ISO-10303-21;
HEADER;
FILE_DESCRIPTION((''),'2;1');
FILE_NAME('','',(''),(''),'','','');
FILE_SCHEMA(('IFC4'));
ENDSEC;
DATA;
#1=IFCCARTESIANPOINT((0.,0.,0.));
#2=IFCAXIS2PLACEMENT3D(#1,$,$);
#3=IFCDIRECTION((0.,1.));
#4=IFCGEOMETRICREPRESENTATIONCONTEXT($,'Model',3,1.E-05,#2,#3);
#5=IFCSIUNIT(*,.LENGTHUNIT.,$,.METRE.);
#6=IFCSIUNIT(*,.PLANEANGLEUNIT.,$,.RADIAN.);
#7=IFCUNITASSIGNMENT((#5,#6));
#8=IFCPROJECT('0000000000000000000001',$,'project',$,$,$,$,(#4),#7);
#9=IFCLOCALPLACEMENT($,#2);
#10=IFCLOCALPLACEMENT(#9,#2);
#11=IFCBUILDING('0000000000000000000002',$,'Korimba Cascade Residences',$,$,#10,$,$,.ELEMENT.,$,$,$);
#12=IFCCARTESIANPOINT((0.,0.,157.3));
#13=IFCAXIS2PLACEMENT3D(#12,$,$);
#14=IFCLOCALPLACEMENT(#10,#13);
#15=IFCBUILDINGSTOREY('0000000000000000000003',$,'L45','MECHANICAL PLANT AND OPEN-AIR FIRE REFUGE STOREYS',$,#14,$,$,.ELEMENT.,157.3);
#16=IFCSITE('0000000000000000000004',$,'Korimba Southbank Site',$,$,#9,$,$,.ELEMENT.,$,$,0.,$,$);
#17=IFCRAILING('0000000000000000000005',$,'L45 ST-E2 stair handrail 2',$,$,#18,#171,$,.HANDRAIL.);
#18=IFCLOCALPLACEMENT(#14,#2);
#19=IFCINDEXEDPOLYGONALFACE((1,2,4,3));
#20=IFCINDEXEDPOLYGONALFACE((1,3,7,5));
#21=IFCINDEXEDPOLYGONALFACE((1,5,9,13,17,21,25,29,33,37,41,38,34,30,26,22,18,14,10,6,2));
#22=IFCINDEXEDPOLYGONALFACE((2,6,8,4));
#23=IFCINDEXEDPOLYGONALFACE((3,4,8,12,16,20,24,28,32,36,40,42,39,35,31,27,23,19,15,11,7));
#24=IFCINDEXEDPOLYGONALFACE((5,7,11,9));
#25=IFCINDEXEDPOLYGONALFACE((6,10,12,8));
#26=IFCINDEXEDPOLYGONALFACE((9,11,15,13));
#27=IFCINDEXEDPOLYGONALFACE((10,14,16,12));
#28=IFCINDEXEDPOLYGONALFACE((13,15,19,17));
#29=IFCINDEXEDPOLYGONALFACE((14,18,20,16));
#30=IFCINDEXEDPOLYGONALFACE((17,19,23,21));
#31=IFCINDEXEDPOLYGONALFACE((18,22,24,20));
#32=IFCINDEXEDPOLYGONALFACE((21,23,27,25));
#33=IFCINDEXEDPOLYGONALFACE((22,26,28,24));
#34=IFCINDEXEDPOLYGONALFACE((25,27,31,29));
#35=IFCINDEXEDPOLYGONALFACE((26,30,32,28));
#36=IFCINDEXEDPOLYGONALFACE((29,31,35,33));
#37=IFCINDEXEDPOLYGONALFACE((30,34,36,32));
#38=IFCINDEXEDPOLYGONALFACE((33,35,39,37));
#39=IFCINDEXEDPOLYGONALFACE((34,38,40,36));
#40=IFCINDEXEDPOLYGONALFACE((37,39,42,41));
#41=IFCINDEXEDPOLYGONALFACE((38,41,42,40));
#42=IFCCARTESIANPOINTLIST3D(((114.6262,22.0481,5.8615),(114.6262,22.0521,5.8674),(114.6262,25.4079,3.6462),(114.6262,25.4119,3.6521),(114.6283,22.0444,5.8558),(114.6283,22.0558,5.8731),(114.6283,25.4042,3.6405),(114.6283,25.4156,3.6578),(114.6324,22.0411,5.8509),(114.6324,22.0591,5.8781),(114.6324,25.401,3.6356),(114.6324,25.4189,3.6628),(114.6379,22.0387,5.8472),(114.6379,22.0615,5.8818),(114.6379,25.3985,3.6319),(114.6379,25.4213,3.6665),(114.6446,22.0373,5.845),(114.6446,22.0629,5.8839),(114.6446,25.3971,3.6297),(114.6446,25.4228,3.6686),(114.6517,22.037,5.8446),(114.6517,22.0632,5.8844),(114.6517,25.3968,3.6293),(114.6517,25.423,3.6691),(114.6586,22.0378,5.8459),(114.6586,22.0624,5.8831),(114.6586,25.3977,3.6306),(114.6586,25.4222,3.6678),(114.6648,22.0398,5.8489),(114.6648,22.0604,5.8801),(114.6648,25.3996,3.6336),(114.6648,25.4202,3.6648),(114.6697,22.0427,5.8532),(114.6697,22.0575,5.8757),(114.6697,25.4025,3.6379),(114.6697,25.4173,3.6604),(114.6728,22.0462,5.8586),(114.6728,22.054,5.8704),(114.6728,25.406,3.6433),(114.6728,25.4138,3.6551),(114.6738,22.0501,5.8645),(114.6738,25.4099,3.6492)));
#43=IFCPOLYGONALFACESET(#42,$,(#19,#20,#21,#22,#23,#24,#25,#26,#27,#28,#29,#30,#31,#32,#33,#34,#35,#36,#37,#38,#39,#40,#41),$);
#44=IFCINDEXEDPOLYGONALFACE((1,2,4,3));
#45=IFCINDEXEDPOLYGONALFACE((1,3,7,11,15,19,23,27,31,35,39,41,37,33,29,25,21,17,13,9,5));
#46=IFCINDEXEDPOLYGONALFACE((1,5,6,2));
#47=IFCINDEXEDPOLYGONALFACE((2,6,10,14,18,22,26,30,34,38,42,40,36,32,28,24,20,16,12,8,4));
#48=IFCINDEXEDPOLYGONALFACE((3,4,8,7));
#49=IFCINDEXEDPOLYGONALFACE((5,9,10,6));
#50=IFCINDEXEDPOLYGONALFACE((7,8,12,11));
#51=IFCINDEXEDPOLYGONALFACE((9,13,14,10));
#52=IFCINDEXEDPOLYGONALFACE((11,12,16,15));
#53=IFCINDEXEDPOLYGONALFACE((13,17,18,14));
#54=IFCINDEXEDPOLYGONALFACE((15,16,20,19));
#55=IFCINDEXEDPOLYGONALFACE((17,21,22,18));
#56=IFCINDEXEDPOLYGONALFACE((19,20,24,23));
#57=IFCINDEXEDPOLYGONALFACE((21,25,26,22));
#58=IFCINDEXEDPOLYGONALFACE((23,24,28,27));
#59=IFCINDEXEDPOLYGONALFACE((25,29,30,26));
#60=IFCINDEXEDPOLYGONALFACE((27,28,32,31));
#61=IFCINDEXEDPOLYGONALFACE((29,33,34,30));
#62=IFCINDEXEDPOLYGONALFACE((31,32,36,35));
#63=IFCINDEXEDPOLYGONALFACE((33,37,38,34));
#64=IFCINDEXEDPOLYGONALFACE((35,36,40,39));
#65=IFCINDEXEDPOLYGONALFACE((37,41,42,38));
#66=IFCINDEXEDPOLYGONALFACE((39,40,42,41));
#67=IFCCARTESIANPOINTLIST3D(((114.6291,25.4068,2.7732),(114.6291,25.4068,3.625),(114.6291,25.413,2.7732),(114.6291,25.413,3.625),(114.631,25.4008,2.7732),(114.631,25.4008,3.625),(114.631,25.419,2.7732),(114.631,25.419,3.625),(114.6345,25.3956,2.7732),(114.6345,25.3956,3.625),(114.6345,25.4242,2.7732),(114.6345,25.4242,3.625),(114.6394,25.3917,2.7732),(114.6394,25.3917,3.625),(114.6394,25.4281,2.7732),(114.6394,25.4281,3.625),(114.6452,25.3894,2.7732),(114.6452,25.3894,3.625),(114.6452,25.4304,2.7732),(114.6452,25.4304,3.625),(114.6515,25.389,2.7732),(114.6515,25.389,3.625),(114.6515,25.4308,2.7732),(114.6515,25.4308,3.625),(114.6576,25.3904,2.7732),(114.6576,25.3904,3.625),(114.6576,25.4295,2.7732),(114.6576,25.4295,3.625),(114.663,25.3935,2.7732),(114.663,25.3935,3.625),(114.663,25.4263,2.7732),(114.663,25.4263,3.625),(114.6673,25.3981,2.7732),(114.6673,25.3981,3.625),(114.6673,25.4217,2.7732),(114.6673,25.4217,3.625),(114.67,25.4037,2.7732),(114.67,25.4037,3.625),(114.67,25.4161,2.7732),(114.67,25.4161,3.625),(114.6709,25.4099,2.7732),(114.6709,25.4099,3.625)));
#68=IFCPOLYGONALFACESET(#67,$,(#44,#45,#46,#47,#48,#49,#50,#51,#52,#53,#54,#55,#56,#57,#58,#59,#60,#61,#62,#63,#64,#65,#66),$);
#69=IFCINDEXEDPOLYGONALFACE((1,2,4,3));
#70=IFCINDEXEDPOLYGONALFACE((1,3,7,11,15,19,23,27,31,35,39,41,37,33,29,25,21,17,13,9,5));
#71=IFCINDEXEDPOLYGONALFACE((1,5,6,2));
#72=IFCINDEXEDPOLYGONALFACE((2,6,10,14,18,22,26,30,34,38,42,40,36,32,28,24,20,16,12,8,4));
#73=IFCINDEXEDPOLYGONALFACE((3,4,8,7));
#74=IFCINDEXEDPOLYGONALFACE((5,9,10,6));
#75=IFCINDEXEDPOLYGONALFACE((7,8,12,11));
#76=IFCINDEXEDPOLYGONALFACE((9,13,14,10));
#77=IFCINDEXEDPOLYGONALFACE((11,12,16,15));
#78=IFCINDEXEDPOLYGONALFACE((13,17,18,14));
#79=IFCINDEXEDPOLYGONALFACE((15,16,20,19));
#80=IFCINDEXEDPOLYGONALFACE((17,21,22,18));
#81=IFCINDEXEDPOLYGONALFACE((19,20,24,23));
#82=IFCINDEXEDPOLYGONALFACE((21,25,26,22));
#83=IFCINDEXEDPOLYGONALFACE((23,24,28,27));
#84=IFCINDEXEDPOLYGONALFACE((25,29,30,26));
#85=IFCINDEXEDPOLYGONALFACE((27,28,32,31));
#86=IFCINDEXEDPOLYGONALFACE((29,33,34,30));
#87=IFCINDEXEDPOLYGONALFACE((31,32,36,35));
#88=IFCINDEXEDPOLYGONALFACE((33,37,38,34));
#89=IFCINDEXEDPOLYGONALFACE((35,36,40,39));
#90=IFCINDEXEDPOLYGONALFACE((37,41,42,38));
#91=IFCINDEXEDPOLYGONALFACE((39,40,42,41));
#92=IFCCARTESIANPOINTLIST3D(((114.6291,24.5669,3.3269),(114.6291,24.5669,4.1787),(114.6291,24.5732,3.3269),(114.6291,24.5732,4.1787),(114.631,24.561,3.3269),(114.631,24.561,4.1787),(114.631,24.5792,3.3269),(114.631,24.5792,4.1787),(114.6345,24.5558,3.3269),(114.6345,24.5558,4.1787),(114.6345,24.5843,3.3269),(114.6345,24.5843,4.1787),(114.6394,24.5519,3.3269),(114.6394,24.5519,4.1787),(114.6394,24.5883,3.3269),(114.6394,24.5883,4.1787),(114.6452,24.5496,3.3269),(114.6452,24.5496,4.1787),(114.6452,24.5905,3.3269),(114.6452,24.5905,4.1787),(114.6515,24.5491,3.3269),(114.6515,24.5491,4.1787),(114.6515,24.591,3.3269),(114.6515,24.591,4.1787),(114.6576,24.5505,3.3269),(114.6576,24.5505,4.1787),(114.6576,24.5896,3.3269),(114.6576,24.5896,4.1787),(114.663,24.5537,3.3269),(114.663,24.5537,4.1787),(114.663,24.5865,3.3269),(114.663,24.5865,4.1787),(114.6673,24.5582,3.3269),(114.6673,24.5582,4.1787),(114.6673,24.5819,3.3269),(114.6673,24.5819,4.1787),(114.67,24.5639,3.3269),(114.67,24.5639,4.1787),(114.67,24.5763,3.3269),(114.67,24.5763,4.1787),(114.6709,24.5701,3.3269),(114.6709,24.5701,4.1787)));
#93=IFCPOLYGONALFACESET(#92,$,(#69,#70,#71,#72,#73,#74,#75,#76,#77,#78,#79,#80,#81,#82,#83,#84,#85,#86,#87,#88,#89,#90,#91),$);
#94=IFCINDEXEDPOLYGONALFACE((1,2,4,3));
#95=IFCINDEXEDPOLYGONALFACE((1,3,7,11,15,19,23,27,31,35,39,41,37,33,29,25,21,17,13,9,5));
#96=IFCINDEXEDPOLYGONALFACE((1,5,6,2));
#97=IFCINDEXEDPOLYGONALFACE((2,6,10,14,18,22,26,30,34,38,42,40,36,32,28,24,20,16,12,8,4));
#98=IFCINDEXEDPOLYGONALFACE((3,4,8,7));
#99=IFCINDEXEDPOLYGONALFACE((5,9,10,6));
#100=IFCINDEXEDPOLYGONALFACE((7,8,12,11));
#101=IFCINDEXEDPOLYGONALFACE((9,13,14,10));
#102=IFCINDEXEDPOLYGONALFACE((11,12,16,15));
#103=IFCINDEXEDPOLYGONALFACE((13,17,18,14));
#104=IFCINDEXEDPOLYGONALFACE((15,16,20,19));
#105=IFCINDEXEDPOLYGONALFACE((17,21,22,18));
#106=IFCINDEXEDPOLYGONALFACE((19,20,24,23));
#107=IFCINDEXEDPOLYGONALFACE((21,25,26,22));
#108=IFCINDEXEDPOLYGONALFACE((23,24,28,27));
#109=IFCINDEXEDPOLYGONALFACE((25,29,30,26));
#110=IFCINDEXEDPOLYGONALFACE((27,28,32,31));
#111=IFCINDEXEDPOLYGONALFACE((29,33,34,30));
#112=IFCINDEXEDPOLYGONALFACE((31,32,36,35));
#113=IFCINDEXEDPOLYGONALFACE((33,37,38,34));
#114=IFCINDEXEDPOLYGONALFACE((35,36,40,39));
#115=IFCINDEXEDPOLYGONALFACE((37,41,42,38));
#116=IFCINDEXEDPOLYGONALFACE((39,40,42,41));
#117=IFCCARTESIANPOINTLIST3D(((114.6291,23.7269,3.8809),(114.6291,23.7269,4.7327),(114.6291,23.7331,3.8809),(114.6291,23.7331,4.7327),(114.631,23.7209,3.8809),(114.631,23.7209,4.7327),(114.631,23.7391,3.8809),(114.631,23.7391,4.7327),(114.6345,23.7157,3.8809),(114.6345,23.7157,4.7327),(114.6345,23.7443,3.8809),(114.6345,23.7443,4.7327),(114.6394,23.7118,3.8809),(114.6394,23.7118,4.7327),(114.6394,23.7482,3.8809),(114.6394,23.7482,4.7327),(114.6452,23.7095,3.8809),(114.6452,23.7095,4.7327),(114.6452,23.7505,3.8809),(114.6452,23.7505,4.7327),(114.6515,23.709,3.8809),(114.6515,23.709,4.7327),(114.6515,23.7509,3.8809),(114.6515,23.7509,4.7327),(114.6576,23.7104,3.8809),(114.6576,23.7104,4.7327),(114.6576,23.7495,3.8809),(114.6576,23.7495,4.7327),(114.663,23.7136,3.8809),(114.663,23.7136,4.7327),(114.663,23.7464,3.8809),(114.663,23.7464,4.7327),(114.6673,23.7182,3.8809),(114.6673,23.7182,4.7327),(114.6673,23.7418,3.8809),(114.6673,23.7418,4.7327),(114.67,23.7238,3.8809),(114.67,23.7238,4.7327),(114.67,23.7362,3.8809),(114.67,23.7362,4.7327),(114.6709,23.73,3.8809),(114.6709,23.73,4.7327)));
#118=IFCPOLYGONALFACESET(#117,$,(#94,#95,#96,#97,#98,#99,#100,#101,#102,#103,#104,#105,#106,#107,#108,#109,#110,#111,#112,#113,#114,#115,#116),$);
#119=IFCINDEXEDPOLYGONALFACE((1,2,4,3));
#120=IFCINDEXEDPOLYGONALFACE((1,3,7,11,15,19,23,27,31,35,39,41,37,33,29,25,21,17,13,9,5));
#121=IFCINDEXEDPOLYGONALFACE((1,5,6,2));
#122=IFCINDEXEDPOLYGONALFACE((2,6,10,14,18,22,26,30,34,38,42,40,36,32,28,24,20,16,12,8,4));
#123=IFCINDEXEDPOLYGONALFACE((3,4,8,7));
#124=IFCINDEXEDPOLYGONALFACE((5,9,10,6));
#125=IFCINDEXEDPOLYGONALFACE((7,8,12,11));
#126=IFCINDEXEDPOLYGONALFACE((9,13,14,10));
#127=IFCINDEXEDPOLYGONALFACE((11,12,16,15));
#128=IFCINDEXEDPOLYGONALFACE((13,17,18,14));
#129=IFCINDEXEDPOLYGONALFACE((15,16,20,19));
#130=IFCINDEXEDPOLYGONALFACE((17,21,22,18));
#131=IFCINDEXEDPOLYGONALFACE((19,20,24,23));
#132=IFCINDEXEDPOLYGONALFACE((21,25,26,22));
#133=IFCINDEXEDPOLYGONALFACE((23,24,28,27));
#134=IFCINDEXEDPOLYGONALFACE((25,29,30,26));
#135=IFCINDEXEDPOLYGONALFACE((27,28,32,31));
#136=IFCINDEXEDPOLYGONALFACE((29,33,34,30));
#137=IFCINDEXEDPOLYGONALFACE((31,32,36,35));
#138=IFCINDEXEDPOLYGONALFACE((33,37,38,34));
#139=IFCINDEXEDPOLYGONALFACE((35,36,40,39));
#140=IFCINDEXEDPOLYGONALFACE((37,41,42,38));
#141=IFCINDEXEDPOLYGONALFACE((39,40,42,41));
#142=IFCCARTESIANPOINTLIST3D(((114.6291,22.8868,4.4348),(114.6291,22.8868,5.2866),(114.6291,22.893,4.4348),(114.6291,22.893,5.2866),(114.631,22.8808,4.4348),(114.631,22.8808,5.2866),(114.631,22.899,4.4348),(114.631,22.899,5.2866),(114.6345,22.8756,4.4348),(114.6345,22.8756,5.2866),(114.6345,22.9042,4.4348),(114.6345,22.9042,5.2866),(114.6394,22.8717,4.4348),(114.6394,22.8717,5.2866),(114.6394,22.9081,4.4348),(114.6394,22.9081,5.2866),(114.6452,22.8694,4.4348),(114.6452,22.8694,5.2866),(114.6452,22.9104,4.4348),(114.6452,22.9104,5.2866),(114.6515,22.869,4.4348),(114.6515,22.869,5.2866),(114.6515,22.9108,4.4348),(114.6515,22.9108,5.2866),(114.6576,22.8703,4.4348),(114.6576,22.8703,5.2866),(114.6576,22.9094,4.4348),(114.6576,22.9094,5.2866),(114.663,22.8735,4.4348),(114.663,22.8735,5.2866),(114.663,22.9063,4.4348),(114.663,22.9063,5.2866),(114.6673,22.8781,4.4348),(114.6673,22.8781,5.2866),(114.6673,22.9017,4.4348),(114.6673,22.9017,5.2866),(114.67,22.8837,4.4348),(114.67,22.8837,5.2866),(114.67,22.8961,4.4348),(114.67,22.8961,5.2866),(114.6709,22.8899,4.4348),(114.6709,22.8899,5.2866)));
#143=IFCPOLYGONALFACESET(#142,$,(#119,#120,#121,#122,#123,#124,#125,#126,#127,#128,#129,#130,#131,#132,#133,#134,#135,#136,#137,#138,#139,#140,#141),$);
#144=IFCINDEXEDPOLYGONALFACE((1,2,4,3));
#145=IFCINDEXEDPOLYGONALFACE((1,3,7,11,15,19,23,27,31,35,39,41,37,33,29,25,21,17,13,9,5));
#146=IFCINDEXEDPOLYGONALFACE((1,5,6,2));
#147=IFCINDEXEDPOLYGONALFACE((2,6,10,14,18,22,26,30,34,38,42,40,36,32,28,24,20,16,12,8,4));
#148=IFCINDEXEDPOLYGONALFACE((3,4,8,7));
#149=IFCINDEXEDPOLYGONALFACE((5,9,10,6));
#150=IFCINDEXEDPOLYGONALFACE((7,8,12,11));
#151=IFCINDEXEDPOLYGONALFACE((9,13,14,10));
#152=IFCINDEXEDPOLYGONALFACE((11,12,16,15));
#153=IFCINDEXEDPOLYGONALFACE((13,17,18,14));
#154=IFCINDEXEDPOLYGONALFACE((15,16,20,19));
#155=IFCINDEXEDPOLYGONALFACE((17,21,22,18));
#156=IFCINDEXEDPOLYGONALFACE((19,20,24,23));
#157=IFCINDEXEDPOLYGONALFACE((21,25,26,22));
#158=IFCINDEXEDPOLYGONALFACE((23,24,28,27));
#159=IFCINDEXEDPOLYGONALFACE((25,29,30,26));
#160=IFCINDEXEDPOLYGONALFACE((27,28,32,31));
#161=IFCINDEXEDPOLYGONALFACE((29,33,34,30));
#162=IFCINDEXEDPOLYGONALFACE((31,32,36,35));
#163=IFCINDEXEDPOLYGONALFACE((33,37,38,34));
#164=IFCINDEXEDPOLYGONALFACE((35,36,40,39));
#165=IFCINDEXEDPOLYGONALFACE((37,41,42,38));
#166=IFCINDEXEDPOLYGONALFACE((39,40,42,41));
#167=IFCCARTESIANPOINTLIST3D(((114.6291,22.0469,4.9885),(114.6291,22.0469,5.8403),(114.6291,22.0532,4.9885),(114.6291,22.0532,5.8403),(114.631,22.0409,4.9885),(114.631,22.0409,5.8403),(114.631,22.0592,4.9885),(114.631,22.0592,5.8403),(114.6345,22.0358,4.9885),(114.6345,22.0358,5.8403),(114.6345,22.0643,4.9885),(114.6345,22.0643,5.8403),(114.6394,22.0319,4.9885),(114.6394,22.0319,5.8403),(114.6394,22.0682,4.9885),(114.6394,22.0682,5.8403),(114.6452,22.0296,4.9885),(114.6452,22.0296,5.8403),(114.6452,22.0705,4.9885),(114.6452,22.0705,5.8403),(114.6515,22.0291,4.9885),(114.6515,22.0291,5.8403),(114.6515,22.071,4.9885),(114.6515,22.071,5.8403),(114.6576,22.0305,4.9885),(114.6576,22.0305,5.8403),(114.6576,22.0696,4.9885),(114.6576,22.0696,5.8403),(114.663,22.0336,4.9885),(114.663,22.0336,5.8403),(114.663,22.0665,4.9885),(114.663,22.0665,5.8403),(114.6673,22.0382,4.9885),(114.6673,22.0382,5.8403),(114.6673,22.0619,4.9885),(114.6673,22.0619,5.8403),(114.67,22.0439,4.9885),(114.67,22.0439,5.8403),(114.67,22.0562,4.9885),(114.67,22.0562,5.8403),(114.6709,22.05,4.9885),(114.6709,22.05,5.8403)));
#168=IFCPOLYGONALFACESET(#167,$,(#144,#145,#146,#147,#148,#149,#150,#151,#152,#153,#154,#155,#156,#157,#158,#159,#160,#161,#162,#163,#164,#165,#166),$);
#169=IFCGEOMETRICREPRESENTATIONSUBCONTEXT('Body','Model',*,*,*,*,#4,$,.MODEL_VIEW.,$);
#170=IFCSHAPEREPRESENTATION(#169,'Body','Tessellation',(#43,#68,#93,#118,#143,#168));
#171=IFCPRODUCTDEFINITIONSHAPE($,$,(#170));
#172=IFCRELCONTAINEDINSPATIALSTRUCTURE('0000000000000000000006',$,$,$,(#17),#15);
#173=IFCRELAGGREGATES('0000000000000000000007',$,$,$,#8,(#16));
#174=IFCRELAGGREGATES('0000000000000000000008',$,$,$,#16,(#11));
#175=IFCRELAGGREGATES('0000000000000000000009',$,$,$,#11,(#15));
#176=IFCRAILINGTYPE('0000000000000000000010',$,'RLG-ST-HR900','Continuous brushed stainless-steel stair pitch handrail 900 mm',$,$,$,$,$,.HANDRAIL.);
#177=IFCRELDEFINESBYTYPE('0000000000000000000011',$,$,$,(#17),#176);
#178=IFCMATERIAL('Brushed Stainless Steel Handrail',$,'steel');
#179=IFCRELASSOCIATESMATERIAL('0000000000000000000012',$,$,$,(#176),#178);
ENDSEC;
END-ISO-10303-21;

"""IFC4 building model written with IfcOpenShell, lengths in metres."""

from ifc_helpers import new_model, si_unit, direction, frame, origin, origin_2d, place, context, subcontext, project, spatial, circle, extrude, material, type_object, element, save


model = new_model("IFC4")

# Units and contexts
model_context = context("Model", 3, precision=1e-05, world=origin(), true_north=direction((0.0, 1.0)))
body_context = subcontext(model_context, "Body", "Model", "MODEL_VIEW")
ifc_project = project(units=[si_unit("LENGTHUNIT", "METRE"), si_unit("PLANEANGLEUNIT", "RADIAN")], contexts=[model_context])

# Site, building, storey
site_placement = place(None, origin())
site = spatial("IfcSite", under=ifc_project, at=site_placement, Name="Korimba Southbank Site", CompositionType="ELEMENT", RefElevation=0.0)
building_placement = place(site_placement, origin())
building = spatial("IfcBuilding", under=site, at=building_placement, Name="Korimba Cascade Residences", CompositionType="ELEMENT")
storey_placement = place(building_placement, frame((0.0, 0.0, 157.3)))
storey = spatial("IfcBuildingStorey", under=building, at=storey_placement, Name="L45", Description="MECHANICAL PLANT AND OPEN-AIR FIRE REFUGE STOREYS", CompositionType="ELEMENT", Elevation=157.3)

# Railing
ifc_material_1 = material(Name="Brushed Stainless Steel Handrail", Category="steel")
railing_type = type_object("IfcRailingType", Name="RLG-ST-HR900", Description="Continuous brushed stainless-steel stair pitch handrail 900 mm", PredefinedType="HANDRAIL", material=ifc_material_1)
railing_placement = place(storey_placement, frame((114.6499, 25.4099, 2.7732)))
element("IfcRailing", 1, at=railing_placement, inside=storey, type_object=railing_type, Name="L45 ST-E2 stair handrail 2", PredefinedType="HANDRAIL", context=body_context, shape_type="SweptSolid", body=[
    extrude(circle(Radius=0.0239, at=origin_2d()), frame((0.0, 0.0, 0.876), z_axis=(0.0, -0.834858, 0.550465), x_axis=(1.0, 0.0, 0.0)), (0.0, 0.0, 1.0), 4.0244),
    extrude(circle(Radius=0.021, at=origin_2d()), origin(), (0.0, 0.0, 1.0), 0.8518),
    extrude(circle(Radius=0.021, at=origin_2d()), frame((0.0, -0.8398, 0.5537)), (0.0, 0.0, 1.0), 0.8518),
    extrude(circle(Radius=0.021, at=origin_2d()), frame((0.0, -1.6799, 1.1077)), (0.0, 0.0, 1.0), 0.8518),
    extrude(circle(Radius=0.021, at=origin_2d()), frame((0.0, -2.52, 1.6616)), (0.0, 0.0, 1.0), 0.8518),
    extrude(circle(Radius=0.021, at=origin_2d()), frame((0.0, -3.3599, 2.2153)), (0.0, 0.0, 1.0), 0.8518),
])

save(model, "model.ifc")
